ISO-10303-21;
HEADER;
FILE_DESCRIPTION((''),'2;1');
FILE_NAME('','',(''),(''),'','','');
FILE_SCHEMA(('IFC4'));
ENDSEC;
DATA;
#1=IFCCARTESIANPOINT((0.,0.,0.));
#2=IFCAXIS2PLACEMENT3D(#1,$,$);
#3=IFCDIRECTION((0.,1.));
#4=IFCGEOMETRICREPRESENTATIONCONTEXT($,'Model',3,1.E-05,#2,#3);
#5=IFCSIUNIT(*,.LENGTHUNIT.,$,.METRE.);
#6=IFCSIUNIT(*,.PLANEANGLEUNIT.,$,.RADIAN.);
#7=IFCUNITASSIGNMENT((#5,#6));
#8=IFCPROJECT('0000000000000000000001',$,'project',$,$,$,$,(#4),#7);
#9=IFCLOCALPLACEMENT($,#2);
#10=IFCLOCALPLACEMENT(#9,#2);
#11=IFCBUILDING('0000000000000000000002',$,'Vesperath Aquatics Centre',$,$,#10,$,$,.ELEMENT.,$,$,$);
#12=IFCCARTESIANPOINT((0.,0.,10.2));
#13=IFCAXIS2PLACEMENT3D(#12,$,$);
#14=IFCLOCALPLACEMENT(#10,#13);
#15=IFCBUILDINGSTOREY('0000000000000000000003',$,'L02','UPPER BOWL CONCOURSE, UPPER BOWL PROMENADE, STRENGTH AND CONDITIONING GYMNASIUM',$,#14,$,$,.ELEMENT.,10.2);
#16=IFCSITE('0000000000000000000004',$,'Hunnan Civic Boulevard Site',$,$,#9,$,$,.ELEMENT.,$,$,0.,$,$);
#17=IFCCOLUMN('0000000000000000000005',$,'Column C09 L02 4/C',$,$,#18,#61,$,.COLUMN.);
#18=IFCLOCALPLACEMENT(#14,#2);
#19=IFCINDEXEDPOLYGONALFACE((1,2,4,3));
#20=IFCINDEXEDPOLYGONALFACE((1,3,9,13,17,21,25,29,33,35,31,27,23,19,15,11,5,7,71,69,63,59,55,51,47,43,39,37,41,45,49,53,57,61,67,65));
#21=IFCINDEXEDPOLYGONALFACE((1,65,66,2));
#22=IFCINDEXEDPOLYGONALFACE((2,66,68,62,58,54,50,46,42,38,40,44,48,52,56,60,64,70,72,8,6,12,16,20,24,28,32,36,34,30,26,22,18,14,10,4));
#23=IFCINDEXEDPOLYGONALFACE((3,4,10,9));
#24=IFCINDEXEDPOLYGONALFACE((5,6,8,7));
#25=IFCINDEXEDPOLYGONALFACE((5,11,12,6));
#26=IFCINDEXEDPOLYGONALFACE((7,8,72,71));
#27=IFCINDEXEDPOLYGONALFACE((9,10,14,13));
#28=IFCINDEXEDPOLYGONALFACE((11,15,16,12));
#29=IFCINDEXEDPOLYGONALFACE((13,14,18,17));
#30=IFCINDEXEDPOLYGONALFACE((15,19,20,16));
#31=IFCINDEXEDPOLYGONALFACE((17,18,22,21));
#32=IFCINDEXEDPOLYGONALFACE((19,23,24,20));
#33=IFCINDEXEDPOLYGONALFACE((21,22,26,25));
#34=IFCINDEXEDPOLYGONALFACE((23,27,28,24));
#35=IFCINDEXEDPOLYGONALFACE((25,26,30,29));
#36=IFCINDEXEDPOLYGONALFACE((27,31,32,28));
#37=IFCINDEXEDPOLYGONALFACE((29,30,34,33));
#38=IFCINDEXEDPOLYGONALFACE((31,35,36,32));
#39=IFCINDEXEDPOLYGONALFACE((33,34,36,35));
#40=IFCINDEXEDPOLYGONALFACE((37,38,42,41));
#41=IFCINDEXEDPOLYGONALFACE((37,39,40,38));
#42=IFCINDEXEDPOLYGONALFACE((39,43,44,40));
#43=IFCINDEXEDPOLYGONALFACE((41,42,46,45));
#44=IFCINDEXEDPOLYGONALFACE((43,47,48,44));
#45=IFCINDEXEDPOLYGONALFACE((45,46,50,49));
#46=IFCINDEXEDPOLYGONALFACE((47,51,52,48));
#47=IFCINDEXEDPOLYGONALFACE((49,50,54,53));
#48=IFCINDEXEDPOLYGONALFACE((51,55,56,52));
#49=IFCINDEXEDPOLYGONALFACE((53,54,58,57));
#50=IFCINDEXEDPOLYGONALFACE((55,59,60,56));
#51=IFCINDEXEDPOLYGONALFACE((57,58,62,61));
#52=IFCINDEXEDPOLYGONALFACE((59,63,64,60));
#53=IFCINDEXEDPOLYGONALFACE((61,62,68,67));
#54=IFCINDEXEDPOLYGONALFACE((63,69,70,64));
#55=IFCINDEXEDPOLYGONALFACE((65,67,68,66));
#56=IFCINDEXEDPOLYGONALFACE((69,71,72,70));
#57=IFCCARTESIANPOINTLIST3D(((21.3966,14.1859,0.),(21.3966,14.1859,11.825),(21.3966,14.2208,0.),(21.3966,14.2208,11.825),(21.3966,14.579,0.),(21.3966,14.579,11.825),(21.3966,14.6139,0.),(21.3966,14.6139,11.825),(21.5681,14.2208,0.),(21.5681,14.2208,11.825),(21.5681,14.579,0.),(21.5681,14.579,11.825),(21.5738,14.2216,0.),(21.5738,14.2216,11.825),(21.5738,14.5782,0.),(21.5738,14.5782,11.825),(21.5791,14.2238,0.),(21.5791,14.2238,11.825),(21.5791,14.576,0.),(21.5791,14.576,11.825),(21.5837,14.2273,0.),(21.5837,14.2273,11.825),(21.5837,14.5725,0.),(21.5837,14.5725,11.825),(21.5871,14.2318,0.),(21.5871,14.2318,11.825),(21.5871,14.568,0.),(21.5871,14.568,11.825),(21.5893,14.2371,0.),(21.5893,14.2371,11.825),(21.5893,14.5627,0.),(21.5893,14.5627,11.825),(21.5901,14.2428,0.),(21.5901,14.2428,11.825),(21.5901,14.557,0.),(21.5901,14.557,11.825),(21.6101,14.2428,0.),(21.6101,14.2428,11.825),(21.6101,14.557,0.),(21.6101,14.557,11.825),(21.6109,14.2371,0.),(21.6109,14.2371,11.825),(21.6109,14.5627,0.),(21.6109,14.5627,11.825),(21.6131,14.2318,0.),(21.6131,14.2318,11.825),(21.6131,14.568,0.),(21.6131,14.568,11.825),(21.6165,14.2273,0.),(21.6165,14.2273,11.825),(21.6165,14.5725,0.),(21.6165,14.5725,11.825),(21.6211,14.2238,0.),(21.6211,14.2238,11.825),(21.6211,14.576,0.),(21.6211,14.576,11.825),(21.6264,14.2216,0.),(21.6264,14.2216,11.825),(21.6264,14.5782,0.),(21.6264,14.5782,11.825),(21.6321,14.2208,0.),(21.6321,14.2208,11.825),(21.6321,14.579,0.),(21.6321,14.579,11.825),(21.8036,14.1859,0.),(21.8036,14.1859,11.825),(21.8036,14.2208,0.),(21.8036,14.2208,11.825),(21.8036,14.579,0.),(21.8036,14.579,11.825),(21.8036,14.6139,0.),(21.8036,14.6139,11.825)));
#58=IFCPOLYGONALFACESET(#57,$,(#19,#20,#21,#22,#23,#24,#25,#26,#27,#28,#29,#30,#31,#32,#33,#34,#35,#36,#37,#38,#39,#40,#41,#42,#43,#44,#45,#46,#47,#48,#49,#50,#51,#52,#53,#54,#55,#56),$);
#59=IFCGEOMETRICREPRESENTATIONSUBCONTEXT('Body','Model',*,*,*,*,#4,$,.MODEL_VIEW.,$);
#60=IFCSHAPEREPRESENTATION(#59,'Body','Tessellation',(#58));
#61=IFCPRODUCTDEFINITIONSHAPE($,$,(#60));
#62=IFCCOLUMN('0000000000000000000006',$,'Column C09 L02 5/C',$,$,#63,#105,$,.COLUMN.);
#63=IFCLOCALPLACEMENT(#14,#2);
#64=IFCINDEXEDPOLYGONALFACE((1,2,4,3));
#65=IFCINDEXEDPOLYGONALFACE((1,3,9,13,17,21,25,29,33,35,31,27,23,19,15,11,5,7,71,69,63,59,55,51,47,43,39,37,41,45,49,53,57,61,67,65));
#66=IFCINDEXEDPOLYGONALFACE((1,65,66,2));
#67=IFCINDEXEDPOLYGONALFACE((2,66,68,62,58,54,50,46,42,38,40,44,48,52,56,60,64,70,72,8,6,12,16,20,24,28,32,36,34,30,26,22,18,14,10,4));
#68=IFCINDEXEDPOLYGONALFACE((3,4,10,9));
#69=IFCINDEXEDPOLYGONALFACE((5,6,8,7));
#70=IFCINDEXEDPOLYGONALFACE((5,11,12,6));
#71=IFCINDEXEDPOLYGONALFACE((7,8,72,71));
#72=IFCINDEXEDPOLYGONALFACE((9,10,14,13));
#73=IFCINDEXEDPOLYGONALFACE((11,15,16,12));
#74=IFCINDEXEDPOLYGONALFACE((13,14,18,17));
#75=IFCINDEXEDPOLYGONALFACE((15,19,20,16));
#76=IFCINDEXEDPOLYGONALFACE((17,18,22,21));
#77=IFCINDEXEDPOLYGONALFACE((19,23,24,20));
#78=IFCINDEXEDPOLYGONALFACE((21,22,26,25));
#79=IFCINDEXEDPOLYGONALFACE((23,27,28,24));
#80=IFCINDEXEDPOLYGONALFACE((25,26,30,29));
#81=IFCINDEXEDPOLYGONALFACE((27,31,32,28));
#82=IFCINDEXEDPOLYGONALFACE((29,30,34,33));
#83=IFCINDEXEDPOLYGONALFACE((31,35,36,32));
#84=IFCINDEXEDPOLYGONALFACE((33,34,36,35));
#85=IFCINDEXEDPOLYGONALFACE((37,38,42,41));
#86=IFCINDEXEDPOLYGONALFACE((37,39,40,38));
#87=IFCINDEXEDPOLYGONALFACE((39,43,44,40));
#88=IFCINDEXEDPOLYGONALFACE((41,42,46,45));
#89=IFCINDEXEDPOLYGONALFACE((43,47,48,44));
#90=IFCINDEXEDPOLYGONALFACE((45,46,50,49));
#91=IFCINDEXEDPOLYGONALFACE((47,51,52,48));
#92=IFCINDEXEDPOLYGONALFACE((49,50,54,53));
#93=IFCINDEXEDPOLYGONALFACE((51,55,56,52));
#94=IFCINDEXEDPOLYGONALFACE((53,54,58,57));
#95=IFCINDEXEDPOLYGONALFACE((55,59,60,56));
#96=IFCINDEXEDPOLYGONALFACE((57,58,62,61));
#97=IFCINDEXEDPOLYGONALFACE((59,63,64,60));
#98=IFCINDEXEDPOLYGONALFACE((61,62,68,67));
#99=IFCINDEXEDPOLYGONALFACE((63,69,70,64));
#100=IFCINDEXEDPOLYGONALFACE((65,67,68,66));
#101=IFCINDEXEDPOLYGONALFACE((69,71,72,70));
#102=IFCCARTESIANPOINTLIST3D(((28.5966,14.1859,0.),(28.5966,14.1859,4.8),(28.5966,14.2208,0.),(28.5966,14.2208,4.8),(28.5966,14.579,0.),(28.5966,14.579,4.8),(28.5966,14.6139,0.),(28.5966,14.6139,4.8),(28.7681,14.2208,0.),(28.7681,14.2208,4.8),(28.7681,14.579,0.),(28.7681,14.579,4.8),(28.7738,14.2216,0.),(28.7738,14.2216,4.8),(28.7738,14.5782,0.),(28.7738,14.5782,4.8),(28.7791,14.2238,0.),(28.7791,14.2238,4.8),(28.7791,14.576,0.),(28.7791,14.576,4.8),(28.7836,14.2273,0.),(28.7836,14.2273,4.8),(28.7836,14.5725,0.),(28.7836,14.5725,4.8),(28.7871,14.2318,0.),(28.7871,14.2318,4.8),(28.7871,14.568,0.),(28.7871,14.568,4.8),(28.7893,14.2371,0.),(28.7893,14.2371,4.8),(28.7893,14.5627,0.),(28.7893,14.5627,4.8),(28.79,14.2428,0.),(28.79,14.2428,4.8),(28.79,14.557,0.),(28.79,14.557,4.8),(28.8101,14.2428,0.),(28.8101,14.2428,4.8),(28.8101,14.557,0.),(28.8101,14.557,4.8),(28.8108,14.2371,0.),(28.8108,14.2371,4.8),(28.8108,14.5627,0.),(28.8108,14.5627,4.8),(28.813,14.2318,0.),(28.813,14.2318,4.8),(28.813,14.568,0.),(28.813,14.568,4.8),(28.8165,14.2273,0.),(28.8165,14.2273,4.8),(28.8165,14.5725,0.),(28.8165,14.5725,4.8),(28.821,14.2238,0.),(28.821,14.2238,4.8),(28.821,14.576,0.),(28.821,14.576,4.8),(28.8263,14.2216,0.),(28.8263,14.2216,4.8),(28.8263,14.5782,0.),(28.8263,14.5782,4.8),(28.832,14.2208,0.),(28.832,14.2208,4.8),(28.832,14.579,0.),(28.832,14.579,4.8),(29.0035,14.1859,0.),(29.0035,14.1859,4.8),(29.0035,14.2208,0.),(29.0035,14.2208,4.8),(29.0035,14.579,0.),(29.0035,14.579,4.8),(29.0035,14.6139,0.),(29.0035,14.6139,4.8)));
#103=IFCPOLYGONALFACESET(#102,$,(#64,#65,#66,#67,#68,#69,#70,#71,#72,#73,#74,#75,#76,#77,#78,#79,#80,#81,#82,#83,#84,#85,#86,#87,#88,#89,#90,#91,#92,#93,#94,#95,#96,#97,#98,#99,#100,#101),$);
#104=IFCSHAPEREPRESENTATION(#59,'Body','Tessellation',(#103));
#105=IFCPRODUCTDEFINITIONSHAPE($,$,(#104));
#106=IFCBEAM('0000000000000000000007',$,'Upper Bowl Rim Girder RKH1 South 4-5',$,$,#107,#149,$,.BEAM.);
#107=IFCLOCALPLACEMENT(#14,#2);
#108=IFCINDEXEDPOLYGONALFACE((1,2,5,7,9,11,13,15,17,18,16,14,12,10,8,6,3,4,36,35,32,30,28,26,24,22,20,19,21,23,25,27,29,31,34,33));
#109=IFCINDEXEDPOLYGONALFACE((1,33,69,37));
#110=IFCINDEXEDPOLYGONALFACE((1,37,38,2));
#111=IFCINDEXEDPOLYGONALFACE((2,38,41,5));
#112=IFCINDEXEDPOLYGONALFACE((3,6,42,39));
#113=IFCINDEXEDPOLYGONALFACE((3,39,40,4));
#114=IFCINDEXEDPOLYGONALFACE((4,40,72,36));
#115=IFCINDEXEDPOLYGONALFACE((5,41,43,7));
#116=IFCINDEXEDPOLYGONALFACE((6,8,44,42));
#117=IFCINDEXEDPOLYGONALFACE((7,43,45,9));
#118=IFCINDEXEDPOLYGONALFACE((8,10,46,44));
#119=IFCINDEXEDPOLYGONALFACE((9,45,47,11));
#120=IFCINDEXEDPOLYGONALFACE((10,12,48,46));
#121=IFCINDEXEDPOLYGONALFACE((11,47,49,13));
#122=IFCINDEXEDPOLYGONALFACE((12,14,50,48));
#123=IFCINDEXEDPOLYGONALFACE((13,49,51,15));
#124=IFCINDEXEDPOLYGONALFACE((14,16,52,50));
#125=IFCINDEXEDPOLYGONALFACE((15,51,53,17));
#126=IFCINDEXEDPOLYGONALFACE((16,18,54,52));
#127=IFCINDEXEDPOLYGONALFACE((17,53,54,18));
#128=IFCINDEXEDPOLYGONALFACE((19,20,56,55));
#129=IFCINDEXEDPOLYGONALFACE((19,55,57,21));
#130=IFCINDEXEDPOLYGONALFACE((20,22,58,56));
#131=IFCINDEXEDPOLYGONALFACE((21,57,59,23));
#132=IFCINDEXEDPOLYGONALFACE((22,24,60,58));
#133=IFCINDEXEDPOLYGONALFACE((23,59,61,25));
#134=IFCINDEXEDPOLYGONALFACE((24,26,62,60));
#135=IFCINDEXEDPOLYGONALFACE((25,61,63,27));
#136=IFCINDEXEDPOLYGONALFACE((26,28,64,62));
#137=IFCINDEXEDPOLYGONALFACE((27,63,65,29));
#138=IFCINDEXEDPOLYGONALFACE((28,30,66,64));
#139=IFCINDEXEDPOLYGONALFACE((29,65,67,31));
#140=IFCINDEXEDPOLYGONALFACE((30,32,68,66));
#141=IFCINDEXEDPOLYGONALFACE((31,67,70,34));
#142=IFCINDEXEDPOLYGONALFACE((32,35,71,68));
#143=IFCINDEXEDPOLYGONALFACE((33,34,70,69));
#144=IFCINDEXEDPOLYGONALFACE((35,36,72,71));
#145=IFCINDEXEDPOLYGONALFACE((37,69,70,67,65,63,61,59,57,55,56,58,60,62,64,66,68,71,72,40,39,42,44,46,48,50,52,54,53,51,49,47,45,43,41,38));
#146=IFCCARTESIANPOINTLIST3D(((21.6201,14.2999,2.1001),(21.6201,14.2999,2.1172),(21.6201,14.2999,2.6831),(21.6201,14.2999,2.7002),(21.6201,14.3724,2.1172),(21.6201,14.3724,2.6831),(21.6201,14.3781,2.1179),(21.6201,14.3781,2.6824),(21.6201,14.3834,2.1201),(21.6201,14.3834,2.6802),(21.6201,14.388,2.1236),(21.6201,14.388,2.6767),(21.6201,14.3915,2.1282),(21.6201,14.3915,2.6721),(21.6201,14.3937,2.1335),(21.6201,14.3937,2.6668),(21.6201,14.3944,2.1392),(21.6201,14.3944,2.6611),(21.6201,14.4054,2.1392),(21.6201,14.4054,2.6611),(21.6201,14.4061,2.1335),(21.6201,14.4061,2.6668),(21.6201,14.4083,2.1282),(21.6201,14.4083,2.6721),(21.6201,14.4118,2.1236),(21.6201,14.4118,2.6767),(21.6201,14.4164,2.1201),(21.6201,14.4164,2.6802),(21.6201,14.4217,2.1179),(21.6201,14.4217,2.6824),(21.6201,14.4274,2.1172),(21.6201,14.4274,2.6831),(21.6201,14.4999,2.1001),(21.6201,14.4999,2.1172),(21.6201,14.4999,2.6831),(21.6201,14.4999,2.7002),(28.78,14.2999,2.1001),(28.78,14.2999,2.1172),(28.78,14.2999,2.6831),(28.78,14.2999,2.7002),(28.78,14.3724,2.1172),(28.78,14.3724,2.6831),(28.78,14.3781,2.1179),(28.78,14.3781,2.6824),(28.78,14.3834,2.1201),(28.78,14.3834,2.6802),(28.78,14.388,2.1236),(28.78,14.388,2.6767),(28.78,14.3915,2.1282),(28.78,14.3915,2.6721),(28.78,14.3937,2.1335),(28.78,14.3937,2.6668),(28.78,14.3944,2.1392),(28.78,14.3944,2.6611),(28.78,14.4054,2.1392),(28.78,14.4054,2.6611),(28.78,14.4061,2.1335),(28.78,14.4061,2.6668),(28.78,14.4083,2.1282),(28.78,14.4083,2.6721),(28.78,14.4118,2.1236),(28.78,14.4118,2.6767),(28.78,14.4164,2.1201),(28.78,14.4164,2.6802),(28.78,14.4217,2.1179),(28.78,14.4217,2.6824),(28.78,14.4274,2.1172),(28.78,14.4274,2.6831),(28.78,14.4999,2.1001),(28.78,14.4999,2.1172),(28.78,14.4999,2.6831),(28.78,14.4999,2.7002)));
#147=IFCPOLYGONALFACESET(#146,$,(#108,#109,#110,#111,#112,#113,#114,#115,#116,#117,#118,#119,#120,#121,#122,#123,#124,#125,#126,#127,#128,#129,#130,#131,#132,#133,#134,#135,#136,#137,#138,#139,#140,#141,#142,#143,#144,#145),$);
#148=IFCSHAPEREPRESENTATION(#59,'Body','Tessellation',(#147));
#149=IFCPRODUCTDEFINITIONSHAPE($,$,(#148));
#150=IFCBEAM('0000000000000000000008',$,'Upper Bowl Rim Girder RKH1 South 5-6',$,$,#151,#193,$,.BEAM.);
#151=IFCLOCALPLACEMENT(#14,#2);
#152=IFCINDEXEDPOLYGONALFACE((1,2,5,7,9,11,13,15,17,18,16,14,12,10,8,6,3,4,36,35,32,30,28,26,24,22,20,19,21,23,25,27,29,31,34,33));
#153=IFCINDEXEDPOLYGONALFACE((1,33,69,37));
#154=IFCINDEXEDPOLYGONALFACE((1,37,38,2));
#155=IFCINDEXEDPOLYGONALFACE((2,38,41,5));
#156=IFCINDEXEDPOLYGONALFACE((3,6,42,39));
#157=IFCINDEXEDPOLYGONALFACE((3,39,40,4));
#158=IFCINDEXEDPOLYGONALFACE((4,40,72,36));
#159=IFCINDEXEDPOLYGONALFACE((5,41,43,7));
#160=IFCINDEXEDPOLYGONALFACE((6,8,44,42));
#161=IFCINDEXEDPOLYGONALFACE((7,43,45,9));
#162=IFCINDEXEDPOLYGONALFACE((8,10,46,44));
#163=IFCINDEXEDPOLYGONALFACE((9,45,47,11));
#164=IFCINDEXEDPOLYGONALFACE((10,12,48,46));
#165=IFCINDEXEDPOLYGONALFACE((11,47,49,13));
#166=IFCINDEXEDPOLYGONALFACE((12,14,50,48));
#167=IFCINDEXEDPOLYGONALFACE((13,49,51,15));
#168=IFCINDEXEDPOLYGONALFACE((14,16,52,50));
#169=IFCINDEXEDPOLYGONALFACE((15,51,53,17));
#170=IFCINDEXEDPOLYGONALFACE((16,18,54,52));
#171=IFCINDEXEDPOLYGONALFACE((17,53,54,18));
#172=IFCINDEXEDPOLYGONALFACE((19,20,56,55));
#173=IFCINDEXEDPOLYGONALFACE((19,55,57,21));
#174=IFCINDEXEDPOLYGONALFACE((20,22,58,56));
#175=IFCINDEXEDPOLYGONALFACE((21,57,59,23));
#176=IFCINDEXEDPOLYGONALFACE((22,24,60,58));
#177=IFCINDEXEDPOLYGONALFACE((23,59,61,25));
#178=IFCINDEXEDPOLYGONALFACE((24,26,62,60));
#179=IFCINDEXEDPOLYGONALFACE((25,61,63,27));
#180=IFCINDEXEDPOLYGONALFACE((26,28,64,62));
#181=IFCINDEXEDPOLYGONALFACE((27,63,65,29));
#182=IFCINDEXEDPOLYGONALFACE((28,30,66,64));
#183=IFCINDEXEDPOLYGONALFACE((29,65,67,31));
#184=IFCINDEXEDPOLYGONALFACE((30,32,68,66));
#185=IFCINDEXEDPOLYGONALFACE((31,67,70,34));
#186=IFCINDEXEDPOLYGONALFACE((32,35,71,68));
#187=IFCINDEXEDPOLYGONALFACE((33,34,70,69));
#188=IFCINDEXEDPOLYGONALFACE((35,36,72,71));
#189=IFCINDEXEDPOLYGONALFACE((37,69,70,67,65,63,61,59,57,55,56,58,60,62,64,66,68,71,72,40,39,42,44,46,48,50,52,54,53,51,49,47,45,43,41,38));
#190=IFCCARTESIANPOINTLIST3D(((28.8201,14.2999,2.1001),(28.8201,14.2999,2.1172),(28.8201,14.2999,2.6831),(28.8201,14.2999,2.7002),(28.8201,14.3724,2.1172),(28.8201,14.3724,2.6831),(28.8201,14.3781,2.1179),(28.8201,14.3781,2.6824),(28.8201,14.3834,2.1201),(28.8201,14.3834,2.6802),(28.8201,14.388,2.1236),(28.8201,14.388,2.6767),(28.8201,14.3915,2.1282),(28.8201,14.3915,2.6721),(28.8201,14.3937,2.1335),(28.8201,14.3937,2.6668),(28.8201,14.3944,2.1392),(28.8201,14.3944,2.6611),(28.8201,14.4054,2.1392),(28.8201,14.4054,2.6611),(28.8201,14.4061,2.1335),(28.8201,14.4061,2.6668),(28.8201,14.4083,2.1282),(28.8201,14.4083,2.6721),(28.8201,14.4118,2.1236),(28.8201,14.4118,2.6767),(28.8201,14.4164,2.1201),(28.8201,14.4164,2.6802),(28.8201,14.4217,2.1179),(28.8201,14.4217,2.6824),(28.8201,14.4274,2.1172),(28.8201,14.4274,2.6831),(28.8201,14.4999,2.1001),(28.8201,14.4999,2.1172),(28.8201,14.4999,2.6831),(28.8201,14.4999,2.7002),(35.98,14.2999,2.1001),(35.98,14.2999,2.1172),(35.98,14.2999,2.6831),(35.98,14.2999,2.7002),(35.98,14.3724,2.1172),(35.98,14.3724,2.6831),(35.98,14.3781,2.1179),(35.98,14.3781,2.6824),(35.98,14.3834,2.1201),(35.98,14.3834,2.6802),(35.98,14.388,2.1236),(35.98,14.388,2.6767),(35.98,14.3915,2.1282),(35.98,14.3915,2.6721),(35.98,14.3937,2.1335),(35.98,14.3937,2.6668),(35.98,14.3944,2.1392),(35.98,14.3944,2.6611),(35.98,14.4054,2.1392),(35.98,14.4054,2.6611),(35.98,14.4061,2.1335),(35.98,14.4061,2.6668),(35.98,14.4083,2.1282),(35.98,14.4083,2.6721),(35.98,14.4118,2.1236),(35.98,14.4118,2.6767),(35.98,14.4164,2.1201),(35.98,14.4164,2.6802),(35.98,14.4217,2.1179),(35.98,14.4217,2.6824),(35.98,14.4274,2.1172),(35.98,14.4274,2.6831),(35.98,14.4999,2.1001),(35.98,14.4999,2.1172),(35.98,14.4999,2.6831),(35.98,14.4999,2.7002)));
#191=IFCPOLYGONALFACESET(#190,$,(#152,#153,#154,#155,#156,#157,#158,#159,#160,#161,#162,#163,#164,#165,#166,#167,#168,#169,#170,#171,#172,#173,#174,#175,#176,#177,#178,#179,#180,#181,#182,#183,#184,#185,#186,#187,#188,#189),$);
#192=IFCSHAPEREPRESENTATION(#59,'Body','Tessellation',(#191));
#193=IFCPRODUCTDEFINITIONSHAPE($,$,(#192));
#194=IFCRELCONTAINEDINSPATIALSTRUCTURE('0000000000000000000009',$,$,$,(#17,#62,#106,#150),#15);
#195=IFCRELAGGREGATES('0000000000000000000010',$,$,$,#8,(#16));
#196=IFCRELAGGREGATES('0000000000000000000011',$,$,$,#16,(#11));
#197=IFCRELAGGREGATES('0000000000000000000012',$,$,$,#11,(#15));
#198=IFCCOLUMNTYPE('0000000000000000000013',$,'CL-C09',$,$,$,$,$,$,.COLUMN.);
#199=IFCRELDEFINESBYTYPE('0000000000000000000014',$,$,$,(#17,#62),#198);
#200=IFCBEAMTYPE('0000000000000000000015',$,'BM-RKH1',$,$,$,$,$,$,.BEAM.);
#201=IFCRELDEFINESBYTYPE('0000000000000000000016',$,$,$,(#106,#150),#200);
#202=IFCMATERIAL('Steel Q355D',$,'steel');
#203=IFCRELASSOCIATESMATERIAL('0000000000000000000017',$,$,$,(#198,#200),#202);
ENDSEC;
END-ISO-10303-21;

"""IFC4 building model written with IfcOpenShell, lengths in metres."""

from ifc_helpers import new_model, si_unit, direction, frame, origin, origin_2d, place, context, subcontext, project, spatial, i_section, extrude, material, material_profile, profile_set, type_object, element, save


model = new_model("IFC4")

# Units and contexts
model_context = context("Model", 3, precision=1e-05, world=origin(), true_north=direction((0.0, 1.0)))
body_context = subcontext(model_context, "Body", "Model", "MODEL_VIEW")
ifc_project = project(units=[si_unit("LENGTHUNIT", "METRE"), si_unit("PLANEANGLEUNIT", "RADIAN")], contexts=[model_context])

# Site, building, storey
site_placement = place(None, origin())
site = spatial("IfcSite", under=ifc_project, at=site_placement, Name="Hunnan Civic Boulevard Site", CompositionType="ELEMENT", RefElevation=0.0)
building_placement = place(site_placement, origin())
building = spatial("IfcBuilding", under=site, at=building_placement, Name="Vesperath Aquatics Centre", CompositionType="ELEMENT")
storey_placement = place(building_placement, frame((0.0, 0.0, 10.2)))
storey = spatial("IfcBuildingStorey", under=building, at=storey_placement, Name="L02", Description="UPPER BOWL CONCOURSE, UPPER BOWL PROMENADE, STRENGTH AND CONDITIONING GYMNASIUM", CompositionType="ELEMENT", Elevation=10.2)

# Columns
ifc_material_1 = material(Name="Steel Q355D", Category="steel")
ifc_material_profile_1 = material_profile(ifc_material_1, i_section(OverallWidth=0.407, OverallDepth=0.428, WebThickness=0.02, FlangeThickness=0.0349, FilletRadius=0.022, at=origin_2d()), Name="HW 428x407x20x35")
ifc_profile_set_1 = profile_set([ifc_material_profile_1], Name="Steel Q355D")
column_type = type_object("IfcColumnType", Name="CL-C09", PredefinedType="COLUMN", material=ifc_profile_set_1)
column_1_placement = place(storey_placement, frame((21.6001, 14.3999, 0.0), z_axis=(0.0, 0.0, 1.0), x_axis=(1.0, 0.0, 0.0)))
element("IfcColumn", 1, at=column_1_placement, inside=storey, type_object=column_type, Name="Column C09 L02 4/C", PredefinedType="COLUMN", context=body_context, shape_type="SweptSolid", body=[
    extrude(i_section(OverallWidth=0.407, OverallDepth=0.428, WebThickness=0.02, FlangeThickness=0.0349, FilletRadius=0.022, at=origin_2d()), origin(), (0.0, 0.0, 1.0), 11.825),
])
column_2_placement = place(storey_placement, frame((28.8, 14.3999, 0.0), z_axis=(0.0, 0.0, 1.0), x_axis=(1.0, 0.0, 0.0)))
element("IfcColumn", 2, at=column_2_placement, inside=storey, type_object=column_type, Name="Column C09 L02 5/C", PredefinedType="COLUMN", context=body_context, shape_type="SweptSolid", body=[
    extrude(i_section(OverallWidth=0.407, OverallDepth=0.428, WebThickness=0.02, FlangeThickness=0.0349, FilletRadius=0.022, at=origin_2d()), origin(), (0.0, 0.0, 1.0), 4.8),
])

# Beams
ifc_material_profile_2 = material_profile(ifc_material_1, i_section(OverallWidth=0.2, OverallDepth=0.6001, WebThickness=0.011, FlangeThickness=0.0171, FilletRadius=0.022, at=origin_2d()), Name="HN 600x200x11x17")
ifc_profile_set_2 = profile_set([ifc_material_profile_2], Name="Steel Q355D")
beam_type = type_object("IfcBeamType", Name="BM-RKH1", PredefinedType="BEAM", material=ifc_profile_set_2)
for number, where, z_axis, x_axis, name in (
    (3, (21.6201, 14.3999, 2.4001), (1.0, 0.0, 0.0), (0.0, 1.0, 0.0), "Upper Bowl Rim Girder RKH1 South 4-5"),
    (4, (28.8201, 14.3999, 2.4001), (1.0, 0.0, 0.0), (0.0, 1.0, 0.0), "Upper Bowl Rim Girder RKH1 South 5-6"),
):
    element("IfcBeam", number, at=place(storey_placement, frame(where, z_axis=z_axis, x_axis=x_axis)), inside=storey, type_object=beam_type, Name=name, PredefinedType="BEAM", context=body_context, shape_type="SweptSolid", body=[
        extrude(i_section(OverallWidth=0.2, OverallDepth=0.6001, WebThickness=0.011, FlangeThickness=0.0171, FilletRadius=0.022, at=origin_2d()), origin(), (0.0, 0.0, 1.0), 7.1599),
    ])

save(model, "model.ifc")
